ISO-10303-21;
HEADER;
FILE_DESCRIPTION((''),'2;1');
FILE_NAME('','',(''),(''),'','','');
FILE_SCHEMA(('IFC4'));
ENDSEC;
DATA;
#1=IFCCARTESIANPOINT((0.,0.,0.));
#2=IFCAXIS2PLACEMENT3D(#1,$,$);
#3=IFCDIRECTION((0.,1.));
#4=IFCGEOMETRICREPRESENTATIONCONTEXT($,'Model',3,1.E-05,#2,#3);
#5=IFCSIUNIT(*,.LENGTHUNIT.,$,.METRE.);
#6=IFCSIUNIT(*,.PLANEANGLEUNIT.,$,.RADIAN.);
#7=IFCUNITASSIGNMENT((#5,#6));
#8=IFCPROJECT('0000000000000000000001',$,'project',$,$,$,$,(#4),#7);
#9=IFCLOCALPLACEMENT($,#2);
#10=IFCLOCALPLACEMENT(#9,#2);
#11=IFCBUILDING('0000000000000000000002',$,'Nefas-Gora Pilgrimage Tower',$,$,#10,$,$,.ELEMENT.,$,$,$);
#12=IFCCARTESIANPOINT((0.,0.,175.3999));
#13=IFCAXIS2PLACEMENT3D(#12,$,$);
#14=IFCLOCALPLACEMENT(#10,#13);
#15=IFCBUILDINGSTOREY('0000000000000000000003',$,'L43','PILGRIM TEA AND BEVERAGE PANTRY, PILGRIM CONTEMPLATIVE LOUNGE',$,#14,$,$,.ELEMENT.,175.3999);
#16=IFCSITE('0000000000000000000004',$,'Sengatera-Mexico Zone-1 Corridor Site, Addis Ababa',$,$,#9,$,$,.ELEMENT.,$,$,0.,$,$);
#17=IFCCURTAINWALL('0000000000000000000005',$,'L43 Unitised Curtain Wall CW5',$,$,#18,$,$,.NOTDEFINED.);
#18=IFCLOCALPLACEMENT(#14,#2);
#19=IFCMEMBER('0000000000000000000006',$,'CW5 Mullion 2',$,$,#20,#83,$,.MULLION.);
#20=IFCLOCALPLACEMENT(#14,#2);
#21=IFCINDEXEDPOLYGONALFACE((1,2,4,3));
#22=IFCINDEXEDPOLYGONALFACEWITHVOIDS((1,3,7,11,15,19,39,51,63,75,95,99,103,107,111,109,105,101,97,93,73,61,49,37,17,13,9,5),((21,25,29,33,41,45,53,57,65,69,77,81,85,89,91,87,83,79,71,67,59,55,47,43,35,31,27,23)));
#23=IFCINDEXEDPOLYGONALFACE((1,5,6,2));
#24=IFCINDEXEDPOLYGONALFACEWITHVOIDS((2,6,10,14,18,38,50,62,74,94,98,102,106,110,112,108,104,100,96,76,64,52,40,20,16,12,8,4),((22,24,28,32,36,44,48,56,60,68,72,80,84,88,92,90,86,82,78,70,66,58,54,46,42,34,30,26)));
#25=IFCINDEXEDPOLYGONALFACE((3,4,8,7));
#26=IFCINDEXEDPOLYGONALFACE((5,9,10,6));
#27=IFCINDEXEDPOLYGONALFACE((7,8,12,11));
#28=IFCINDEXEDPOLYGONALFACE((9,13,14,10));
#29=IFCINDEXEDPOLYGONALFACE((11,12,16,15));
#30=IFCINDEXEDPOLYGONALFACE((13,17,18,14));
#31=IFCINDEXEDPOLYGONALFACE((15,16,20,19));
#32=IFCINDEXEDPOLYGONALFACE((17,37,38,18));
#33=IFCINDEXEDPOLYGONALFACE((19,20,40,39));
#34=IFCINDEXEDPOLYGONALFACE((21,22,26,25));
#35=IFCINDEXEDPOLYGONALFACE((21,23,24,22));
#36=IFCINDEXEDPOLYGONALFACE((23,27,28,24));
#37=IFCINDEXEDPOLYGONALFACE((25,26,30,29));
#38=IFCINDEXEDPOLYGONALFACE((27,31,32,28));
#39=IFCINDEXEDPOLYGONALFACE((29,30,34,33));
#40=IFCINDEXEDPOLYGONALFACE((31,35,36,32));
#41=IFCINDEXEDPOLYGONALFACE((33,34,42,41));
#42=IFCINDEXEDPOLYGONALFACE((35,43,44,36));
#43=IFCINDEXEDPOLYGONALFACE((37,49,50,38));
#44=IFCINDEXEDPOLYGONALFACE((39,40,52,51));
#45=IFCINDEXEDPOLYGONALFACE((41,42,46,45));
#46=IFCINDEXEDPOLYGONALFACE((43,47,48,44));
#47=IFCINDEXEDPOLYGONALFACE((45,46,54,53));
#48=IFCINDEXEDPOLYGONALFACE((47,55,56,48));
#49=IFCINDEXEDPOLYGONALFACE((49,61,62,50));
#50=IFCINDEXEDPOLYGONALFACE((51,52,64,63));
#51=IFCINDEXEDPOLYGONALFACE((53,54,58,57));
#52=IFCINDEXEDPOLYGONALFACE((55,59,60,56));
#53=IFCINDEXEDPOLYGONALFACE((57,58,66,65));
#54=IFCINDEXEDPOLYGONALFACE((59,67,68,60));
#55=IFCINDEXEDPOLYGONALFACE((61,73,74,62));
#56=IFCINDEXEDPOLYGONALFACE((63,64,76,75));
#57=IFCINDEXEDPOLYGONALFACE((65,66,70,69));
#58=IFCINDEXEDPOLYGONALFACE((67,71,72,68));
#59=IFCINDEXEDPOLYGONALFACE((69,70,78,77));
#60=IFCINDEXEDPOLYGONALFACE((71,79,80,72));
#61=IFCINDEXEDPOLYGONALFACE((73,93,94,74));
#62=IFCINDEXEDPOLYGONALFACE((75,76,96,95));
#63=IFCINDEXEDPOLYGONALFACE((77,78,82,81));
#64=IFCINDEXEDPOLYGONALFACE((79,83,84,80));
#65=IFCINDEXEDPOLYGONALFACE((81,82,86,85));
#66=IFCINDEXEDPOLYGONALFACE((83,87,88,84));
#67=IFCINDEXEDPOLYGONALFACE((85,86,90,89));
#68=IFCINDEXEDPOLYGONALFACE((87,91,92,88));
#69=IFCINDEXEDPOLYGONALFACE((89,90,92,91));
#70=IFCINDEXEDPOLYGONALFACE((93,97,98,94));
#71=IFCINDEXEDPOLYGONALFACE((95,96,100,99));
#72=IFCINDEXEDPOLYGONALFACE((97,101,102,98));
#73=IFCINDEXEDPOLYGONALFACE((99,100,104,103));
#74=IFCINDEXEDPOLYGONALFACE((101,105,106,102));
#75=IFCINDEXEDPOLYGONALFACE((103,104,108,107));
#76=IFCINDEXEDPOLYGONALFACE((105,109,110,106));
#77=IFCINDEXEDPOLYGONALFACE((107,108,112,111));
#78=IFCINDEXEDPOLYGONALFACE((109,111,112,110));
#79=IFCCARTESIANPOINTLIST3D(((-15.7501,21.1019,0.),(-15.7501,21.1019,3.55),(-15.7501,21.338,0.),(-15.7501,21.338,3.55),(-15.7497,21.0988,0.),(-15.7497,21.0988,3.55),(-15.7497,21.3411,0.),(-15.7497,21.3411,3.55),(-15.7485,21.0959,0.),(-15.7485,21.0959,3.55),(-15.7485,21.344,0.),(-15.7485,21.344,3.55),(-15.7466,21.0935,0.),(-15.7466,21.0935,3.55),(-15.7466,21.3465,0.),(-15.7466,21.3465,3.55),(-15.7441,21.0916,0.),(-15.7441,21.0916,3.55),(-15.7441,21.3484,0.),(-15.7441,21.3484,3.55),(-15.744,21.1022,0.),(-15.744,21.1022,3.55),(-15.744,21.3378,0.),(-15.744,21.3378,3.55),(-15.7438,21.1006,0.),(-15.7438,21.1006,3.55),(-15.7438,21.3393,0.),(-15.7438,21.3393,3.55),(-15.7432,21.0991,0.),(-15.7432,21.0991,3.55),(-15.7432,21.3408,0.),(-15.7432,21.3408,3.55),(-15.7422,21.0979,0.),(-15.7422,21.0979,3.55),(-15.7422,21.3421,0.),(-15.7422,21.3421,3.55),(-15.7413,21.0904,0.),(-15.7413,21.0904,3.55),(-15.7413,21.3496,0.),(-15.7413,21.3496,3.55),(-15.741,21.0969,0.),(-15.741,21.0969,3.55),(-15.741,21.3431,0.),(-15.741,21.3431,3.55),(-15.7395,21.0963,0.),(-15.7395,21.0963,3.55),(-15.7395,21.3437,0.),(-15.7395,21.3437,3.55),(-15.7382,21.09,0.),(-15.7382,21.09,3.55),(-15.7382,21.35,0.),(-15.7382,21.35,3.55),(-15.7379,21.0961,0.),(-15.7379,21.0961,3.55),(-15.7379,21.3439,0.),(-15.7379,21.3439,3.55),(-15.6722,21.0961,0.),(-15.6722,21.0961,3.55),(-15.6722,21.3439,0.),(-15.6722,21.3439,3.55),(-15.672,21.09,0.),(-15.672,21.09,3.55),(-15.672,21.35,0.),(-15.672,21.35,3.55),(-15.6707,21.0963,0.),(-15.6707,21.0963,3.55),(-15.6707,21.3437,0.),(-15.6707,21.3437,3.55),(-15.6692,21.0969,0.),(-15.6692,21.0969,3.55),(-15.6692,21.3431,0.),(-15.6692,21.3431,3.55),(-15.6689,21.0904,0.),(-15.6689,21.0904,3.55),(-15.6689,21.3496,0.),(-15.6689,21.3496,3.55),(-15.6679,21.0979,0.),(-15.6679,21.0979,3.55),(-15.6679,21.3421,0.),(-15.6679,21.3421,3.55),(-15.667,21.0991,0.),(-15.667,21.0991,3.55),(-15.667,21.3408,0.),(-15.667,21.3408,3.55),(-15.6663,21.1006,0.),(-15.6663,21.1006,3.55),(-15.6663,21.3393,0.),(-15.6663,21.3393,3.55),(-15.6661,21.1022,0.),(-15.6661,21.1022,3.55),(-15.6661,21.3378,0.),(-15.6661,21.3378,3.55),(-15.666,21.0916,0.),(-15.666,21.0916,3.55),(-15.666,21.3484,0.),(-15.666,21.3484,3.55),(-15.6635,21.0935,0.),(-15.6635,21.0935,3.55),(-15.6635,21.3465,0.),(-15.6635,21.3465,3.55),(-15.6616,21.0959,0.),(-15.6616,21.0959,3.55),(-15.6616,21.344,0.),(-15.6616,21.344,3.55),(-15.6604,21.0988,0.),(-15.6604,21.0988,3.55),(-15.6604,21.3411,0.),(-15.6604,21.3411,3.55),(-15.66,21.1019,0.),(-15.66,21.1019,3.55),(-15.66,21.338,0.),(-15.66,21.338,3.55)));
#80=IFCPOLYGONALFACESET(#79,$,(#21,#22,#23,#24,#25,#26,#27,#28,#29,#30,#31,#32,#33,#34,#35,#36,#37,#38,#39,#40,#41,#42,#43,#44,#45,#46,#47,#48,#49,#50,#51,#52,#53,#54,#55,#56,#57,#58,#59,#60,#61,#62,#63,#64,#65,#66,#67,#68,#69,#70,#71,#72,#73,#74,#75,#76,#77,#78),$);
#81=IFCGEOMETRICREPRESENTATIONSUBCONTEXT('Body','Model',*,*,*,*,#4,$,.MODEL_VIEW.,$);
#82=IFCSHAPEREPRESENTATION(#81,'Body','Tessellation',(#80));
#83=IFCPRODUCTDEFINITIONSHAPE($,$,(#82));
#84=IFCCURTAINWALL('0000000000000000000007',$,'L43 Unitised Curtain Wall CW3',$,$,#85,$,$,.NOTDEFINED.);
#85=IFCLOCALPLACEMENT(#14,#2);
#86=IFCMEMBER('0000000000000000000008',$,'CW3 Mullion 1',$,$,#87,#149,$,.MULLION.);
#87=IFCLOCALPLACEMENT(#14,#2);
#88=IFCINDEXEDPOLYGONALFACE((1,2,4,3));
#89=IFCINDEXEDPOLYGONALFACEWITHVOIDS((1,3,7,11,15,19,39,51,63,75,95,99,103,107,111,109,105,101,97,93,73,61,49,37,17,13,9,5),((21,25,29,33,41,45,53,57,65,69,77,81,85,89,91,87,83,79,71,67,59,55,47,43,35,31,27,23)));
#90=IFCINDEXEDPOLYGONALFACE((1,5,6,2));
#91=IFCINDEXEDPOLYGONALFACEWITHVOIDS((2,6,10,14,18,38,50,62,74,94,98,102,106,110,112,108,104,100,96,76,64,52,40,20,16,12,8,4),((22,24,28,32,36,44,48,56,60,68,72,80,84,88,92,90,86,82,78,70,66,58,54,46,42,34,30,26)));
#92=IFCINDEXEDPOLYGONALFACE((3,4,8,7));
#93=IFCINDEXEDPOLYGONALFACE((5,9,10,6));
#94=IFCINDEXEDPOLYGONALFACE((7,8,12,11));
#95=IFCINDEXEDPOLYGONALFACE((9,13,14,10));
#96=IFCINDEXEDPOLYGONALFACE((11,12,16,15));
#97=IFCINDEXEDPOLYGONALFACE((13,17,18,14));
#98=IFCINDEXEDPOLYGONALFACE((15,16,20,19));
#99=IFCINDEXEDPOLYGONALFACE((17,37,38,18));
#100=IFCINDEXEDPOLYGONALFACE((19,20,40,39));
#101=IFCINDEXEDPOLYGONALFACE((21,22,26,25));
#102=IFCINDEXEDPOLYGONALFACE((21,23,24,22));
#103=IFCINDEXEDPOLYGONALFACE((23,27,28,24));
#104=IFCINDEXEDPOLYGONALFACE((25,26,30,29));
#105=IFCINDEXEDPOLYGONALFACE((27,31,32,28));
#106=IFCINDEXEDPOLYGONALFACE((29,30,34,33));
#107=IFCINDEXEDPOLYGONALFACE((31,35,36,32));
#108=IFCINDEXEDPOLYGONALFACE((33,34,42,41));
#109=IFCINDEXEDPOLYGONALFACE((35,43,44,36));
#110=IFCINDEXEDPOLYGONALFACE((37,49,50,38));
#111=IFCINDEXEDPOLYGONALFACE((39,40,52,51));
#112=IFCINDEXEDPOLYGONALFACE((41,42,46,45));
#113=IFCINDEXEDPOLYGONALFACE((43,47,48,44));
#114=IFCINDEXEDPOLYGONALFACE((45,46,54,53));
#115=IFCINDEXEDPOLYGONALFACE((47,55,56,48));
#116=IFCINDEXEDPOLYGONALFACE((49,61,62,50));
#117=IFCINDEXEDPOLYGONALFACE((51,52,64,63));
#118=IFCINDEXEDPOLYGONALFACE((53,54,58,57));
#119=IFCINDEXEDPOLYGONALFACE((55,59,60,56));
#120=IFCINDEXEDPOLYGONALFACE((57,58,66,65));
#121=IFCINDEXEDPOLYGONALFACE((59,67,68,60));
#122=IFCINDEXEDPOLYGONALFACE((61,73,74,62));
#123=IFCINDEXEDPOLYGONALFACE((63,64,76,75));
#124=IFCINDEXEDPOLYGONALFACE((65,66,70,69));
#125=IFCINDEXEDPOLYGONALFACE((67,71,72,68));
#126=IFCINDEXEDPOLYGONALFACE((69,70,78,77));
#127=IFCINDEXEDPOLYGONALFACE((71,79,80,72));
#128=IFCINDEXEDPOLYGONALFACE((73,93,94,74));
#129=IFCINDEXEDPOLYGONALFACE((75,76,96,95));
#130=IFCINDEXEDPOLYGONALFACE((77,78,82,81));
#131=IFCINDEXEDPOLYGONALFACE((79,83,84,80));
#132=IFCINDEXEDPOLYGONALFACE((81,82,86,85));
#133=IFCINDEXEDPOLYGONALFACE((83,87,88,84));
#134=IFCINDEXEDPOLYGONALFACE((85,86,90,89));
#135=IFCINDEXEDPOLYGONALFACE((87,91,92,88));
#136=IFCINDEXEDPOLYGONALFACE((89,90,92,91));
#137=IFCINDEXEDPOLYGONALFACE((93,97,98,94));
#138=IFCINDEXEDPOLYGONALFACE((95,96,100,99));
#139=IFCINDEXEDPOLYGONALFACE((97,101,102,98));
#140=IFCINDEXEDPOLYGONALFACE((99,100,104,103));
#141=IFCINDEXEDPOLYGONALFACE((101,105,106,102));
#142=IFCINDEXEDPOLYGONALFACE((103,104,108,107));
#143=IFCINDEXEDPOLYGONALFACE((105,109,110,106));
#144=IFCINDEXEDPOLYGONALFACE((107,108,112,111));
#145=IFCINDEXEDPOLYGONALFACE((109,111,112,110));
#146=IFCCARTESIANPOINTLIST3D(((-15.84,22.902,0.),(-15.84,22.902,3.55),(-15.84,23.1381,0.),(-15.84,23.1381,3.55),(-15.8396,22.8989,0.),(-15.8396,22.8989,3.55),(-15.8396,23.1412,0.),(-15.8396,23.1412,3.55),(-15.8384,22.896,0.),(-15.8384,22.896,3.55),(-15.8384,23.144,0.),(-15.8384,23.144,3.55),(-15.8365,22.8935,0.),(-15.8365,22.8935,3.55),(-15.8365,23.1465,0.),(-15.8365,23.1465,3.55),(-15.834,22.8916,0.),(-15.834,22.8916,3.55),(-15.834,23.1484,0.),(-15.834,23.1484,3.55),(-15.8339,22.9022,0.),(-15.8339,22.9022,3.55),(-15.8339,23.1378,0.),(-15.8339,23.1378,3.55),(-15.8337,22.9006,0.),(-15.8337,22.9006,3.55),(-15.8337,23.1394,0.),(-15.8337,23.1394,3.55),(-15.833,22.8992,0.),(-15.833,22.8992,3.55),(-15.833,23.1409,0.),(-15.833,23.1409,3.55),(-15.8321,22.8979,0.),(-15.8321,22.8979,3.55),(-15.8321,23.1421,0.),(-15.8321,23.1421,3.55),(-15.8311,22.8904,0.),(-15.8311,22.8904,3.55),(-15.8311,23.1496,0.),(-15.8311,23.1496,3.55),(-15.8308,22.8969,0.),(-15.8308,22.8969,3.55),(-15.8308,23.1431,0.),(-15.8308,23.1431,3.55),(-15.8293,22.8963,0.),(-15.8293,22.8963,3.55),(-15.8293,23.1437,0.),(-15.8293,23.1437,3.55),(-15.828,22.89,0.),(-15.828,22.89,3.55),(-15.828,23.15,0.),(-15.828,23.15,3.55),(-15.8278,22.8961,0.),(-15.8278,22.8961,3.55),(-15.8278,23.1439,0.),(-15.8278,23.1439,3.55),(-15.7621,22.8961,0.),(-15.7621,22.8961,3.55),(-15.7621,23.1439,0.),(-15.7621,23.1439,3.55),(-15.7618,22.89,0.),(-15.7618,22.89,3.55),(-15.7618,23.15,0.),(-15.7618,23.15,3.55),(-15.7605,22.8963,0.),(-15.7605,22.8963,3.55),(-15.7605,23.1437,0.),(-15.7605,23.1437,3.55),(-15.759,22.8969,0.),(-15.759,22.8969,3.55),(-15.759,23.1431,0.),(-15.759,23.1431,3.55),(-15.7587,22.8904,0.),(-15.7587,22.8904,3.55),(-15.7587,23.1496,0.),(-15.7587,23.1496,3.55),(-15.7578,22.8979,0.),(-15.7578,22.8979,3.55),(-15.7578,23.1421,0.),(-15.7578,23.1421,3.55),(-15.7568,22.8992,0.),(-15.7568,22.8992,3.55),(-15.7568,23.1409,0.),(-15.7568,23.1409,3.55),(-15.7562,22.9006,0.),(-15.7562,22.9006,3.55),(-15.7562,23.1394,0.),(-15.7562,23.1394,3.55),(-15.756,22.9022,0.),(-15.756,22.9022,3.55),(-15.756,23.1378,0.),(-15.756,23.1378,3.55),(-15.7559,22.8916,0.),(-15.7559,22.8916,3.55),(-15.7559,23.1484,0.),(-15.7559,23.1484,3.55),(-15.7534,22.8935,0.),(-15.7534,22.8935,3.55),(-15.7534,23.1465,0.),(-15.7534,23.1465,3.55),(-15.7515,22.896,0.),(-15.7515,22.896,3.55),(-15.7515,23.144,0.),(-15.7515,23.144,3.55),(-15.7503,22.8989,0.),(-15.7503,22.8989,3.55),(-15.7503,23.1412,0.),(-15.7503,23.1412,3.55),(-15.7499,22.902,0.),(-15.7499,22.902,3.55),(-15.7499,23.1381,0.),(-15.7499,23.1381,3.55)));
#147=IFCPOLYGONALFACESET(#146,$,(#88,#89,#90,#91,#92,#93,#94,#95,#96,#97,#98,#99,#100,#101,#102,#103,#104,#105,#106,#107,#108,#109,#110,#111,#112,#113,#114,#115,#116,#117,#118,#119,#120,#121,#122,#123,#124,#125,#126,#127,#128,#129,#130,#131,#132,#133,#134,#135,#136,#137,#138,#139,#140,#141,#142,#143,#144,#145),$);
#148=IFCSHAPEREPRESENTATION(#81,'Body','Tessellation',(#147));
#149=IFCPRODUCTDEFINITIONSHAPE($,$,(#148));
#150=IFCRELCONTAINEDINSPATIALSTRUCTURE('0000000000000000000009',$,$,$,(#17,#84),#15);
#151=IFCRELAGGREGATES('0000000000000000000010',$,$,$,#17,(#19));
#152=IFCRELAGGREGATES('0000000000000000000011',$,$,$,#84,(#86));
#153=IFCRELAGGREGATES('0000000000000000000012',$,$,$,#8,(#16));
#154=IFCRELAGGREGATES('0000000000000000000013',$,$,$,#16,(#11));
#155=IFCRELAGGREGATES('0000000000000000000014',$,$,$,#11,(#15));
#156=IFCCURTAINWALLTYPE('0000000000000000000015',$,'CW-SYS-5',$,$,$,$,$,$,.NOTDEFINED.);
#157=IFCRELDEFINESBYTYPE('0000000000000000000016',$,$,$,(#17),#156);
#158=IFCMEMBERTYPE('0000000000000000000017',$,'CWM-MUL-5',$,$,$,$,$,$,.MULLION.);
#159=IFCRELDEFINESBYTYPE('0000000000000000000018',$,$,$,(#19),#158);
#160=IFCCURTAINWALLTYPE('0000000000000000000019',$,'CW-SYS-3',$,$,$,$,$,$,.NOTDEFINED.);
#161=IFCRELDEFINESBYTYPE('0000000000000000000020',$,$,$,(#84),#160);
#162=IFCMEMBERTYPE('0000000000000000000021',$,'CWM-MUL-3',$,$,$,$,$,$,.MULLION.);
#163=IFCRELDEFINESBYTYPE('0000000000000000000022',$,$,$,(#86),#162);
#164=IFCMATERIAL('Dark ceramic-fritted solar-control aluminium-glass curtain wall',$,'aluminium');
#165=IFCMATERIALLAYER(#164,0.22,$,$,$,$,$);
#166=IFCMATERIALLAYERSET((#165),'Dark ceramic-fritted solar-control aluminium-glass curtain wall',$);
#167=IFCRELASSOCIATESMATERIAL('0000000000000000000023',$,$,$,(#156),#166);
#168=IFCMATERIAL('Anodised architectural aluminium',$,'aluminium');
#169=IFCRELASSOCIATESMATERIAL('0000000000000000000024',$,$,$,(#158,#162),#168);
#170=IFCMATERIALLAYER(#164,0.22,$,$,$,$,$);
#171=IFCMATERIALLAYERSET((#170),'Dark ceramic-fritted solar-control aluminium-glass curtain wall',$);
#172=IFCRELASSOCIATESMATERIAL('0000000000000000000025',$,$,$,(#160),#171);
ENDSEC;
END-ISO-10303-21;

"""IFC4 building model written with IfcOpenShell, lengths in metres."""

from ifc_helpers import new_model, si_unit, direction, frame, origin, origin_2d, place, context, subcontext, project, spatial, hollow_rectangle, extrude, source, transform, mapped, material, layer, layer_set, material_profile, profile_set, type_object, element, aggregate, save


model = new_model("IFC4")

# Units and contexts
model_context = context("Model", 3, precision=1e-05, world=origin(), true_north=direction((0.0, 1.0)))
body_context = subcontext(model_context, "Body", "Model", "MODEL_VIEW")
ifc_project = project(units=[si_unit("LENGTHUNIT", "METRE"), si_unit("PLANEANGLEUNIT", "RADIAN")], contexts=[model_context])

# Site, building, storey
site_placement = place(None, origin())
site = spatial("IfcSite", under=ifc_project, at=site_placement, Name="Sengatera-Mexico Zone-1 Corridor Site, Addis Ababa", CompositionType="ELEMENT", RefElevation=0.0)
building_placement = place(site_placement, origin())
building = spatial("IfcBuilding", under=site, at=building_placement, Name="Nefas-Gora Pilgrimage Tower", CompositionType="ELEMENT")
storey_placement = place(building_placement, frame((0.0, 0.0, 175.3999)))
storey = spatial("IfcBuildingStorey", under=building, at=storey_placement, Name="L43", Description="PILGRIM TEA AND BEVERAGE PANTRY, PILGRIM CONTEMPLATIVE LOUNGE", CompositionType="ELEMENT", Elevation=175.3999)

# Curtain wall, member
ifc_material_1 = material(Name="Dark ceramic-fritted solar-control aluminium-glass curtain wall", Category="aluminium")
ifc_layer_1 = layer(ifc_material_1, 0.22)
ifc_layer_set_1 = layer_set([ifc_layer_1], Name="Dark ceramic-fritted solar-control aluminium-glass curtain wall")
curtain_wall_type_1 = type_object("IfcCurtainWallType", Name="CW-SYS-5", PredefinedType="NOTDEFINED", material=ifc_layer_set_1)
curtain_wall_1_placement = place(storey_placement, origin())
curtain_wall_1 = element("IfcCurtainWall", 1, at=curtain_wall_1_placement, inside=storey, type_object=curtain_wall_type_1, Name="L43 Unitised Curtain Wall CW5", PredefinedType="NOTDEFINED")
ifc_material_2 = material(Name="Anodised architectural aluminium", Category="aluminium")
ifc_material_profile_1 = material_profile(ifc_material_2, hollow_rectangle(XDim=0.0901, YDim=0.26, WallThickness=0.0061, InnerFilletRadius=0.0061, OuterFilletRadius=0.012, at=origin_2d()), Name="ALU MULLION 90x260")
ifc_profile_set_1 = profile_set([ifc_material_profile_1], Name="Anodised architectural aluminium")
member_type_1 = type_object("IfcMemberType", Name="CWM-MUL-5", PredefinedType="MULLION", material=ifc_profile_set_1)
shared_shape_1 = source(origin(), body_context, "Body", "SweptSolid", [
    extrude(hollow_rectangle(XDim=0.0901, YDim=0.26, WallThickness=0.0061, InnerFilletRadius=0.0061, OuterFilletRadius=0.012, at=origin_2d()), origin(), (0.0, 0.0, 1.0), 3.55),
])
member_1_placement = place(storey_placement, frame((-15.7051, 21.22, 0.0), z_axis=(0.0, 0.0, 1.0), x_axis=(-1.0, 0.0, 0.0)))
member_1 = element("IfcMember", 2, at=member_1_placement, type_object=member_type_1, Name="CW5 Mullion 2", PredefinedType="MULLION", context=body_context, shape_type="MappedRepresentation", body=[
    mapped(shared_shape_1, transform((0.0, 0.0, 0.0), x_axis=(1.0, 0.0, 0.0), y_axis=(0.0, 1.0, 0.0), z_axis=(0.0, 0.0, 1.0), scale=1.0)),
])

# Curtain wall, member
ifc_layer_2 = layer(ifc_material_1, 0.22)
ifc_layer_set_2 = layer_set([ifc_layer_2], Name="Dark ceramic-fritted solar-control aluminium-glass curtain wall")
curtain_wall_type_2 = type_object("IfcCurtainWallType", Name="CW-SYS-3", PredefinedType="NOTDEFINED", material=ifc_layer_set_2)
curtain_wall_2_placement = place(storey_placement, origin())
curtain_wall_2 = element("IfcCurtainWall", 3, at=curtain_wall_2_placement, inside=storey, type_object=curtain_wall_type_2, Name="L43 Unitised Curtain Wall CW3", PredefinedType="NOTDEFINED")
ifc_material_profile_2 = material_profile(ifc_material_2, hollow_rectangle(XDim=0.0901, YDim=0.26, WallThickness=0.0061, InnerFilletRadius=0.0061, OuterFilletRadius=0.012, at=origin_2d()), Name="ALU MULLION 90x260")
ifc_profile_set_2 = profile_set([ifc_material_profile_2], Name="Anodised architectural aluminium")
member_type_2 = type_object("IfcMemberType", Name="CWM-MUL-3", PredefinedType="MULLION", material=ifc_profile_set_2)
shared_shape_2 = source(origin(), body_context, "Body", "SweptSolid", [
    extrude(hollow_rectangle(XDim=0.0901, YDim=0.26, WallThickness=0.0061, InnerFilletRadius=0.0061, OuterFilletRadius=0.012, at=origin_2d()), origin(), (0.0, 0.0, 1.0), 3.55),
])
member_2_placement = place(storey_placement, frame((-15.7949, 23.02, 0.0), z_axis=(0.0, 0.0, 1.0), x_axis=(-1.0, 0.0, 0.0)))
member_2 = element("IfcMember", 4, at=member_2_placement, type_object=member_type_2, Name="CW3 Mullion 1", PredefinedType="MULLION", context=body_context, shape_type="MappedRepresentation", body=[
    mapped(shared_shape_2, transform((0.0, 0.0, 0.0), x_axis=(1.0, 0.0, 0.0), y_axis=(0.0, 1.0, 0.0), z_axis=(0.0, 0.0, 1.0), scale=1.0)),
])

aggregate(curtain_wall_1, [member_1])
aggregate(curtain_wall_2, [member_2])

save(model, "model.ifc")
